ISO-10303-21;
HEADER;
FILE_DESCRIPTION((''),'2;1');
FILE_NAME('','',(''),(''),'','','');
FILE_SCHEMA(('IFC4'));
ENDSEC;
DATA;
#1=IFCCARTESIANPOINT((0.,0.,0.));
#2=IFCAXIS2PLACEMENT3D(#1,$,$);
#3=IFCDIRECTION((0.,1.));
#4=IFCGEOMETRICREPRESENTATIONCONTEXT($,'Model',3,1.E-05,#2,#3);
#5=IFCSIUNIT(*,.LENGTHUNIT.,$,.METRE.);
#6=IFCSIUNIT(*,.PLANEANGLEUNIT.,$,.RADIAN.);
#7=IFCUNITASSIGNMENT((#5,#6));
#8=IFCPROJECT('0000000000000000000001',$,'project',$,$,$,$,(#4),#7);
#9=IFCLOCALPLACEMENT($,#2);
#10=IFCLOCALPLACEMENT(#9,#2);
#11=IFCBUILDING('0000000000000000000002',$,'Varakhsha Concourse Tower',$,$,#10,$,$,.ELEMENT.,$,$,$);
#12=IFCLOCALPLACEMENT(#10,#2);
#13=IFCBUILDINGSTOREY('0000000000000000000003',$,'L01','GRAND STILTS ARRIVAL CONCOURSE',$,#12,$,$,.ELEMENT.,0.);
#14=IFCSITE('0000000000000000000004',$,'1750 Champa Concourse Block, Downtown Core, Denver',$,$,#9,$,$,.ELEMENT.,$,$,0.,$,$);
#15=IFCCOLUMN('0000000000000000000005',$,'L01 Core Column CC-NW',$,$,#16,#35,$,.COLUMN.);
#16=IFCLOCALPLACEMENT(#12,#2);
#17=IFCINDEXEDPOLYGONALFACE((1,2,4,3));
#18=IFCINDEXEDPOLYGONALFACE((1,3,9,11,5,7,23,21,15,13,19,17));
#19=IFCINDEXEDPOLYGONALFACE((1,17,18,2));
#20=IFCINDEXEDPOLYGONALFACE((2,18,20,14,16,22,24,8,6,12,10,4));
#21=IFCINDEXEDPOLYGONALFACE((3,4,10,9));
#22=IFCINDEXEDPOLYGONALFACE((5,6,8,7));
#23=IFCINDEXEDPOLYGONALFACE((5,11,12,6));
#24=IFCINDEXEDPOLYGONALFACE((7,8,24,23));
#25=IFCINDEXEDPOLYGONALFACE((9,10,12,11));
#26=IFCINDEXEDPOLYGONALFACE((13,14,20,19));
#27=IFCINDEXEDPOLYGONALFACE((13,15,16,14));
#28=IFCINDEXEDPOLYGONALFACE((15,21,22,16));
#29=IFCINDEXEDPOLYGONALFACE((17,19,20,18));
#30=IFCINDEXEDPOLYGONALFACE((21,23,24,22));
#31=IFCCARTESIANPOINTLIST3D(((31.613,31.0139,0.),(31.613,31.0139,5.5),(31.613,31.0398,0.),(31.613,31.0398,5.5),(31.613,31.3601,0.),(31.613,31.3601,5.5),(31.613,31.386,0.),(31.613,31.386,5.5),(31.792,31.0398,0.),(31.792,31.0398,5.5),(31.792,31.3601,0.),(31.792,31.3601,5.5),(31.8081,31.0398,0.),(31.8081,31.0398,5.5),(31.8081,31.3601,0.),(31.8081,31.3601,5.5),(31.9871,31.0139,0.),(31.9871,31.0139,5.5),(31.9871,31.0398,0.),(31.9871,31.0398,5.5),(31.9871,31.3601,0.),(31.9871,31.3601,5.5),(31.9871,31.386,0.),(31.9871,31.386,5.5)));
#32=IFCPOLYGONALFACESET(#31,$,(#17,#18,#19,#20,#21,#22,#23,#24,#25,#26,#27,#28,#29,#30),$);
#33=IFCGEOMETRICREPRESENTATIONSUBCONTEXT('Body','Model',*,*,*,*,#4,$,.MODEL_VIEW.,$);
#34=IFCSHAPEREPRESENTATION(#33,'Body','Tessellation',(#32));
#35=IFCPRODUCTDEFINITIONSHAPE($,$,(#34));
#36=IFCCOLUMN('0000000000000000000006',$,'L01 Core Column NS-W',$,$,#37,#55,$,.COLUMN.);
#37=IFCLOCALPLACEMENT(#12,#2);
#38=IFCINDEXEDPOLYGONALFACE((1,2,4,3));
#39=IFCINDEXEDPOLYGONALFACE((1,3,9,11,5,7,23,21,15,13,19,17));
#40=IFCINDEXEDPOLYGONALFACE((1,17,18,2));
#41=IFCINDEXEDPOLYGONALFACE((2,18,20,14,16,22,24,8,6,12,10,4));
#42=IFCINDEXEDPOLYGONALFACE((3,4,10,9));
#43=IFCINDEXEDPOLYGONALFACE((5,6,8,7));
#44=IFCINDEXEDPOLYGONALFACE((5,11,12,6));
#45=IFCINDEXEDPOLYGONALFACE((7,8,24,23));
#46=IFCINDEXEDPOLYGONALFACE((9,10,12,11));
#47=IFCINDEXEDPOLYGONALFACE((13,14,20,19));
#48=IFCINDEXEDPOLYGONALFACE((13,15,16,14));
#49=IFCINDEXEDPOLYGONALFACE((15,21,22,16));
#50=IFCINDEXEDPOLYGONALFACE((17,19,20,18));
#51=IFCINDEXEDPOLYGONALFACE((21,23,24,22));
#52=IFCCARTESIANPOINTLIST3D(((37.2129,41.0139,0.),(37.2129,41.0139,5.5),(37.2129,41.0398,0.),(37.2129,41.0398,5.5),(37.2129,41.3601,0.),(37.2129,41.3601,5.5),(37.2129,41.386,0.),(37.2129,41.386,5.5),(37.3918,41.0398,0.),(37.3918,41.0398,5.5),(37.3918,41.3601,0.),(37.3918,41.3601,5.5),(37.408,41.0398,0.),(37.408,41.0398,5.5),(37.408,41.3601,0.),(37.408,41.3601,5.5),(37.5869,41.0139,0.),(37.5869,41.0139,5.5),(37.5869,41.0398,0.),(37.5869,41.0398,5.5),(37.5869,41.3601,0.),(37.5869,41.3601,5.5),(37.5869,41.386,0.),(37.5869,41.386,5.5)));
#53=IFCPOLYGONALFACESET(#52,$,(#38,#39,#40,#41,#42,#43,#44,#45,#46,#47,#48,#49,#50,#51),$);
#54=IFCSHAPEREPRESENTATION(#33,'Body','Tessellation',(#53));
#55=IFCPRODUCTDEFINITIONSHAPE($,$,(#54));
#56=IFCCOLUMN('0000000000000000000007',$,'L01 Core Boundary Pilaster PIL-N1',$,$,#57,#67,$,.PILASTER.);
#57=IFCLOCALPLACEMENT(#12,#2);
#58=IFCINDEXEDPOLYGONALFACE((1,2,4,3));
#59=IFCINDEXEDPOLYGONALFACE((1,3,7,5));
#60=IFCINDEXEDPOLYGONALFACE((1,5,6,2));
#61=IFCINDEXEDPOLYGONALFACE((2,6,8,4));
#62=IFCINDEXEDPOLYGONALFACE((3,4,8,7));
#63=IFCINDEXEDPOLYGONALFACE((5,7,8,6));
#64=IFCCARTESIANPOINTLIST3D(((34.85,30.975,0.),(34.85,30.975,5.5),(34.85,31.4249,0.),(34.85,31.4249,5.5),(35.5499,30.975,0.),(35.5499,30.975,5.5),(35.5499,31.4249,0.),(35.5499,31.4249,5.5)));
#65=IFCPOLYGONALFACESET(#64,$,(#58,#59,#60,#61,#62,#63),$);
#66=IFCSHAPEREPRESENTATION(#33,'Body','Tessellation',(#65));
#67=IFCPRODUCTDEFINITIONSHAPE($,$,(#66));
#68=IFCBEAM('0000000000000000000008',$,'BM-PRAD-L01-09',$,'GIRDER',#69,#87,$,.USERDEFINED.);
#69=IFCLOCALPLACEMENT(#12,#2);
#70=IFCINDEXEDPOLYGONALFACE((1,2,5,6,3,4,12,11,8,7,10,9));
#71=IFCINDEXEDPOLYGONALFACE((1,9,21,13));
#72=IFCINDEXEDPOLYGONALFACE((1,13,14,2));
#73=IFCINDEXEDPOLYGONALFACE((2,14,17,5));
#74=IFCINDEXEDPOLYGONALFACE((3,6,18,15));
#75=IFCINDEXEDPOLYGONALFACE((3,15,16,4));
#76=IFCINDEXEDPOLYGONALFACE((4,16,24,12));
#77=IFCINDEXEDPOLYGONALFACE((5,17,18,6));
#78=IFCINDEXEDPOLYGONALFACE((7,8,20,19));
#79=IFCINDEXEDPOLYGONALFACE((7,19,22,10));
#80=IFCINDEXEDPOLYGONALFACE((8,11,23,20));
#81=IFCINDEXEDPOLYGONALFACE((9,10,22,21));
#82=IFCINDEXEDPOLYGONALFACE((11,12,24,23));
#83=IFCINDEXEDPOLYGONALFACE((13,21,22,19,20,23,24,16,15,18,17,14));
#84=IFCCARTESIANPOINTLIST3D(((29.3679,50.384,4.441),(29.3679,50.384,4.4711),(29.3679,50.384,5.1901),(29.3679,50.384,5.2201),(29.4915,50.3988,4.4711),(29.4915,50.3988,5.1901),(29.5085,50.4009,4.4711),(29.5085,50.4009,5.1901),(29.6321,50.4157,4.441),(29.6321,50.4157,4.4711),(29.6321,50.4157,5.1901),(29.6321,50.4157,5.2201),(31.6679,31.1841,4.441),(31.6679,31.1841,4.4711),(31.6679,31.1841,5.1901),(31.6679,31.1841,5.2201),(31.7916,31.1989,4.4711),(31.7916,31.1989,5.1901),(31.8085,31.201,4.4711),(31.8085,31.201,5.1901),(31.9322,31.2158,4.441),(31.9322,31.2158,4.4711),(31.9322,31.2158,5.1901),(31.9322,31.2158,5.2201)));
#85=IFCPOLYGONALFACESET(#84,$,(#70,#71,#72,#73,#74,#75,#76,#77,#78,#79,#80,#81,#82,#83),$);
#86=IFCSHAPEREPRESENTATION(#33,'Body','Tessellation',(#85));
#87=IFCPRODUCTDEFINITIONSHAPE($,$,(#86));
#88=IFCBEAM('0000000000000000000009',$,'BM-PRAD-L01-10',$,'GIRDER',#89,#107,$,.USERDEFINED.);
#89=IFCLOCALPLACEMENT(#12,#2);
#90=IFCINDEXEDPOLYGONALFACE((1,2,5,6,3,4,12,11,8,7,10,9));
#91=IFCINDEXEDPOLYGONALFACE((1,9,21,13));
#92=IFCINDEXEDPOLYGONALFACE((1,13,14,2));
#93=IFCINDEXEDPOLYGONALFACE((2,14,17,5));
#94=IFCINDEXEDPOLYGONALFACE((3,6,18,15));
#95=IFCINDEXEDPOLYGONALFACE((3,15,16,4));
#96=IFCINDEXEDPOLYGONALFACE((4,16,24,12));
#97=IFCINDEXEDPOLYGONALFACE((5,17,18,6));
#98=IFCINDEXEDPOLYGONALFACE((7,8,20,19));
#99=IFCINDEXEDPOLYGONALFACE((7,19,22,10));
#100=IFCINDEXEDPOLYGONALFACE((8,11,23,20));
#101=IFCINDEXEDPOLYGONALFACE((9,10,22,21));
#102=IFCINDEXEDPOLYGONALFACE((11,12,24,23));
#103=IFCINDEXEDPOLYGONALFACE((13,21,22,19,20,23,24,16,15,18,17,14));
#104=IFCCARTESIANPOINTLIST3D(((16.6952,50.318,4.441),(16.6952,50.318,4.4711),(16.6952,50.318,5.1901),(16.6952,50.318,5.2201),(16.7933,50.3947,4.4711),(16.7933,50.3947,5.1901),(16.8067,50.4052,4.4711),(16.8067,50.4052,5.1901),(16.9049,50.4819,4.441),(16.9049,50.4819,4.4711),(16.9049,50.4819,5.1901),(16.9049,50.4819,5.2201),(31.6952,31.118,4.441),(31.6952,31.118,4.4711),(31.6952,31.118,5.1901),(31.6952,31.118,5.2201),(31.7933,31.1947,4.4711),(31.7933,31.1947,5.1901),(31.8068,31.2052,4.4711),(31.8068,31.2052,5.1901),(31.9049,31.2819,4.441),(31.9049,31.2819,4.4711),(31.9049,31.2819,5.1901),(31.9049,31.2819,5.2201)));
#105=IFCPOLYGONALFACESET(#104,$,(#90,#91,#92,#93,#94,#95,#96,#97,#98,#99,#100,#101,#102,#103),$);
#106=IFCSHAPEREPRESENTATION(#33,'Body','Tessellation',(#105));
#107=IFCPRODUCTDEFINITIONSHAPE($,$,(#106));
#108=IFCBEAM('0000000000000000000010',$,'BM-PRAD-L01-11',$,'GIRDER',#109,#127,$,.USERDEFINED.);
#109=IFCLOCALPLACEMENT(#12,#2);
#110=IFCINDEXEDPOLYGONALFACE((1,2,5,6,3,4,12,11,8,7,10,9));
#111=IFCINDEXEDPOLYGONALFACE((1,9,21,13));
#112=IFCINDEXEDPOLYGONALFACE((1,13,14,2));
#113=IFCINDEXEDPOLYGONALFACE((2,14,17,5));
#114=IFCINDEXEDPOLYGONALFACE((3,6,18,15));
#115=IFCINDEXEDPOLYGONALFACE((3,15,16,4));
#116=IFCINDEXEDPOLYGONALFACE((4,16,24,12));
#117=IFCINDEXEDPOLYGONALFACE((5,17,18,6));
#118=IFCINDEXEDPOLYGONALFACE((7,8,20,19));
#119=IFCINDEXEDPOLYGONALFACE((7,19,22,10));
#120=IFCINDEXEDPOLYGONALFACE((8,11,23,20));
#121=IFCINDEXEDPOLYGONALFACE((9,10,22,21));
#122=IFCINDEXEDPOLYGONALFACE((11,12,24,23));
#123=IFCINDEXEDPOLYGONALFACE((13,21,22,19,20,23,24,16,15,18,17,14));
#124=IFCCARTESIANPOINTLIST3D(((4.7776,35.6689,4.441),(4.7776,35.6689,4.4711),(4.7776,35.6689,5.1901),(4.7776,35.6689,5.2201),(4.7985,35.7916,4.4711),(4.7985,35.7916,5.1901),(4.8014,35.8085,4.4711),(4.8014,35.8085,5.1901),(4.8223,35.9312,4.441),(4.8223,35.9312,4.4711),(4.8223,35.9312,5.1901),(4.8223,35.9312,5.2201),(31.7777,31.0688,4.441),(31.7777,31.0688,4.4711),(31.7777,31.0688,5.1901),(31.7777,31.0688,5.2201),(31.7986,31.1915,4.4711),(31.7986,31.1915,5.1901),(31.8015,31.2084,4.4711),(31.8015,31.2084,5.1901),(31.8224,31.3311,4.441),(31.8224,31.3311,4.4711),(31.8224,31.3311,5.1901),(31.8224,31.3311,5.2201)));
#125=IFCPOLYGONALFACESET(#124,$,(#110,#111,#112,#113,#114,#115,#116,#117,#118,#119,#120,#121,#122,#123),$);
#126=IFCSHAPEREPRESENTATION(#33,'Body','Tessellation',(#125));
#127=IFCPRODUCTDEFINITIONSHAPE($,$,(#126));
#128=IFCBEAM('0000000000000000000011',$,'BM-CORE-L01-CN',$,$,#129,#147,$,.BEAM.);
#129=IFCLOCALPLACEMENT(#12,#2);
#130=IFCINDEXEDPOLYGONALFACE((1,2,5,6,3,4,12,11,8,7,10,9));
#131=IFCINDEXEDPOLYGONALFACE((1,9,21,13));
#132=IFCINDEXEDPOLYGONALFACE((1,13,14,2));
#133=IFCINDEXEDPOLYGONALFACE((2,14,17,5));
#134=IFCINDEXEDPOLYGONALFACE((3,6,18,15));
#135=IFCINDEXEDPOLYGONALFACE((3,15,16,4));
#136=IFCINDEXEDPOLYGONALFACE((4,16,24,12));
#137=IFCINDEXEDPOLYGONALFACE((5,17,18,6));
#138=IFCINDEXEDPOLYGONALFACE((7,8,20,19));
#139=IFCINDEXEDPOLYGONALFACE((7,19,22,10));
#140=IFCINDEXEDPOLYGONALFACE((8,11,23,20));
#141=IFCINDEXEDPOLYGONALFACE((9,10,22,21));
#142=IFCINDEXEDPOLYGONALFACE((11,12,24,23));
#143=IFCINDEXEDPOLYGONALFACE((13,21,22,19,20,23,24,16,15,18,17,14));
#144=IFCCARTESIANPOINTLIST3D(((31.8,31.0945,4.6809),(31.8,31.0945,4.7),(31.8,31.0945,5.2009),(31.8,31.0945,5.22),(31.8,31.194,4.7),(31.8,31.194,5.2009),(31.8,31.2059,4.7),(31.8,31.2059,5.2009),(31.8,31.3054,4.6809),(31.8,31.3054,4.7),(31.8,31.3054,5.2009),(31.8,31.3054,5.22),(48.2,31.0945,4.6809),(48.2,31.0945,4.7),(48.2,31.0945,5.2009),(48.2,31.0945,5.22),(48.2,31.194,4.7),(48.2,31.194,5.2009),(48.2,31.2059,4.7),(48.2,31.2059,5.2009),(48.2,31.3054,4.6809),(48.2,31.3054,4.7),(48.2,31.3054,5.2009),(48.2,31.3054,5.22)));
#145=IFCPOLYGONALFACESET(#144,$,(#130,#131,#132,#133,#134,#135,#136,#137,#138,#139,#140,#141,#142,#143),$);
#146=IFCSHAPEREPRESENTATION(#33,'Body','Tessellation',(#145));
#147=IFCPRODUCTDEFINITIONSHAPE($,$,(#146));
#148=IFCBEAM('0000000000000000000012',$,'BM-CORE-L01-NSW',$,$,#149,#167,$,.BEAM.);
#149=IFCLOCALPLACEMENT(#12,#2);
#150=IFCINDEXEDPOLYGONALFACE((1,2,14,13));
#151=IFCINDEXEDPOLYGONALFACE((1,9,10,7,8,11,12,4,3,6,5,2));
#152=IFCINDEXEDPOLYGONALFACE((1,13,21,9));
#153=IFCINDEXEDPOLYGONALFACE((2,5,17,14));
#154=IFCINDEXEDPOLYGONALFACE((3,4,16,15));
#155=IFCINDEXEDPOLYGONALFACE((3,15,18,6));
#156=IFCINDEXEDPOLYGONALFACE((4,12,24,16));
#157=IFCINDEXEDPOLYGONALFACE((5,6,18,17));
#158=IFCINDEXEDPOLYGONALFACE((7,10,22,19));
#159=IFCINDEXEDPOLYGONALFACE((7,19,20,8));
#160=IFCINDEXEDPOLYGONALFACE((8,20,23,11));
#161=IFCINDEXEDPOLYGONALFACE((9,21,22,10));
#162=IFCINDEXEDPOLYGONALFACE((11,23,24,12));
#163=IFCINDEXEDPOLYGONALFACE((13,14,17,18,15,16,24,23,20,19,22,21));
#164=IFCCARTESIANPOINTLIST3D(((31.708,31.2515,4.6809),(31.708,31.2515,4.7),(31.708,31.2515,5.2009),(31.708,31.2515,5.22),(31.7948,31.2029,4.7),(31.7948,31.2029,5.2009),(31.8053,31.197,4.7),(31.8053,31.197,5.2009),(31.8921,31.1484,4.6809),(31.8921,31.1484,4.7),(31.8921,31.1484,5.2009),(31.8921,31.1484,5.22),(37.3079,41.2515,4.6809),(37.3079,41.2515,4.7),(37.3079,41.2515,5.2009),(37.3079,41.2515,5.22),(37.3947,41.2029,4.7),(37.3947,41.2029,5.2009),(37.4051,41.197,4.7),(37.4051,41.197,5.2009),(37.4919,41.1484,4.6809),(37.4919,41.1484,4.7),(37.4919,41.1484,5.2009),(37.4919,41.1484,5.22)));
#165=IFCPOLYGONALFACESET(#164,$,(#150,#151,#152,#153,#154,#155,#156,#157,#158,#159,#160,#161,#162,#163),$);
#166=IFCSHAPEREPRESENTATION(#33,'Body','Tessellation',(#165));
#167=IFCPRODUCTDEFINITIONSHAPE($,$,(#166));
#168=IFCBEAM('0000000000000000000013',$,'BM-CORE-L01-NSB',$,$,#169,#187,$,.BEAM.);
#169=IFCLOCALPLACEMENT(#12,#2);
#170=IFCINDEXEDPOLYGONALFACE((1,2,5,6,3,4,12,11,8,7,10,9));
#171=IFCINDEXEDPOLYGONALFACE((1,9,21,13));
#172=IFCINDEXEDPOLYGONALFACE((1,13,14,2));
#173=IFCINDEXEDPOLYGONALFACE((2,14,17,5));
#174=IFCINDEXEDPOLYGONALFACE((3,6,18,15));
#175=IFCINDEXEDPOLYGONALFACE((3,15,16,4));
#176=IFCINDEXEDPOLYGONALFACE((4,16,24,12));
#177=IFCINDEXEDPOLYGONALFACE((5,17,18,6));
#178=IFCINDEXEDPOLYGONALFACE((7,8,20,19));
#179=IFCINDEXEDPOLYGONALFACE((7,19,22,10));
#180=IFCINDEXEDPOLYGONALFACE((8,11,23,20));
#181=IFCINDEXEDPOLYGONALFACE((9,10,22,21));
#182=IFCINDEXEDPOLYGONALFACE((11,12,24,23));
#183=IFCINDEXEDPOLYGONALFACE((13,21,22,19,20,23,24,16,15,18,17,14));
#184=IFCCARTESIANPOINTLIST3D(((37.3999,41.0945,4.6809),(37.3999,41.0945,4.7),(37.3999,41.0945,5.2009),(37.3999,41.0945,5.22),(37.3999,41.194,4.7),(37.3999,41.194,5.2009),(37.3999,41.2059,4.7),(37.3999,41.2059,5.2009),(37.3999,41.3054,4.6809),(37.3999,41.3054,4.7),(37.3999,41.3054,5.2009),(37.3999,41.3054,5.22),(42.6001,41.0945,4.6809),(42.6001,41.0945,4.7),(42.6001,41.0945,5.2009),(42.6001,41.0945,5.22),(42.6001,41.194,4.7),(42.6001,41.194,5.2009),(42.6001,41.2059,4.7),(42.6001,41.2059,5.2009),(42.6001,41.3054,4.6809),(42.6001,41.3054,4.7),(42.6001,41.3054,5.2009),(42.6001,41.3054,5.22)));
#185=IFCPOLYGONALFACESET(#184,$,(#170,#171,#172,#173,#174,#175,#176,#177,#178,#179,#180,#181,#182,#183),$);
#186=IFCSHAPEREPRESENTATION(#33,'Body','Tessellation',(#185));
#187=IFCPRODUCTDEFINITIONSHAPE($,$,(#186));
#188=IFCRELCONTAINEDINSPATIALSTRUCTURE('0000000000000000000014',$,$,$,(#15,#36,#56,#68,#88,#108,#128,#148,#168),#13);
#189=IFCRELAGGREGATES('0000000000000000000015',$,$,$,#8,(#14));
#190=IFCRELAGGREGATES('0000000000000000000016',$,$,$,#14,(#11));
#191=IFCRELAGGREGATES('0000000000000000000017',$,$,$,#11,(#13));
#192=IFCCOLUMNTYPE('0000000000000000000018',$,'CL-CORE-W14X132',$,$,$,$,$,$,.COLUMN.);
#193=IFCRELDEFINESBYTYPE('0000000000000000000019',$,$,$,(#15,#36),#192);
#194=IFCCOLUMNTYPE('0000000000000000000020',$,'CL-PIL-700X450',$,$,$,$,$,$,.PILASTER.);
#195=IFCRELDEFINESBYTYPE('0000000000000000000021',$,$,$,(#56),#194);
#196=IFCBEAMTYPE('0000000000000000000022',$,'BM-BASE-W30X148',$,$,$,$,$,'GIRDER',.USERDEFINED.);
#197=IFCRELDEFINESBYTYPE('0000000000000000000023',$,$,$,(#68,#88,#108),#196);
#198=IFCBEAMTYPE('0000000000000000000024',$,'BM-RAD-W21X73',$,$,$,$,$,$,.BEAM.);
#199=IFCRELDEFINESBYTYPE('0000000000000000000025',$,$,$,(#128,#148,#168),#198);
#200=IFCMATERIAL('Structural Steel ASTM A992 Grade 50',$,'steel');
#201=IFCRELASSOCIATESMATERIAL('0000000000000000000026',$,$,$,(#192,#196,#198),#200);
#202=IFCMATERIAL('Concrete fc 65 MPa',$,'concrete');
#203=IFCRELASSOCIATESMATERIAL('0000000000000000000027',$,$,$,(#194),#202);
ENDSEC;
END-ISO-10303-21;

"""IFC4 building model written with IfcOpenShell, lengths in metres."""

from ifc_helpers import new_model, si_unit, direction, frame, origin, origin_2d, place, context, subcontext, project, spatial, rectangle, i_section, extrude, material, material_profile, profile_set, type_object, element, save


model = new_model("IFC4")

# Units and contexts
model_context = context("Model", 3, precision=1e-05, world=origin(), true_north=direction((0.0, 1.0)))
body_context = subcontext(model_context, "Body", "Model", "MODEL_VIEW")
ifc_project = project(units=[si_unit("LENGTHUNIT", "METRE"), si_unit("PLANEANGLEUNIT", "RADIAN")], contexts=[model_context])

# Site, building, storey
site_placement = place(None, origin())
site = spatial("IfcSite", under=ifc_project, at=site_placement, Name="1750 Champa Concourse Block, Downtown Core, Denver", CompositionType="ELEMENT", RefElevation=0.0)
building_placement = place(site_placement, origin())
building = spatial("IfcBuilding", under=site, at=building_placement, Name="Varakhsha Concourse Tower", CompositionType="ELEMENT")
storey_placement = place(building_placement, origin())
storey = spatial("IfcBuildingStorey", under=building, at=storey_placement, Name="L01", Description="GRAND STILTS ARRIVAL CONCOURSE", CompositionType="ELEMENT", Elevation=0.0)

# Columns
ifc_material_1 = material(Name="Structural Steel ASTM A992 Grade 50", Category="steel")
ifc_material_profile_1 = material_profile(ifc_material_1, i_section(OverallWidth=0.374, OverallDepth=0.3721, WebThickness=0.0161, FlangeThickness=0.0259, at=origin_2d()), Name="W14X132")
ifc_profile_set_1 = profile_set([ifc_material_profile_1], Name="Structural Steel ASTM A992 Grade 50")
column_type_1 = type_object("IfcColumnType", Name="CL-CORE-W14X132", PredefinedType="COLUMN", material=ifc_profile_set_1)
for number, where, z_axis, x_axis, name in (
    (1, (31.8, 31.2, 0.0), (0.0, 0.0, 1.0), (1.0, 0.0, 0.0), "L01 Core Column CC-NW"),
    (2, (37.3999, 41.2, 0.0), (0.0, 0.0, 1.0), (1.0, 0.0, 0.0), "L01 Core Column NS-W"),
):
    element("IfcColumn", number, at=place(storey_placement, frame(where, z_axis=z_axis, x_axis=x_axis)), inside=storey, type_object=column_type_1, Name=name, PredefinedType="COLUMN", context=body_context, shape_type="SweptSolid", body=[
        extrude(i_section(OverallWidth=0.374, OverallDepth=0.3721, WebThickness=0.0161, FlangeThickness=0.0259, at=origin_2d()), origin(), (0.0, 0.0, 1.0), 5.5),
    ])
ifc_material_2 = material(Name="Concrete fc 65 MPa", Category="concrete")
ifc_material_profile_2 = material_profile(ifc_material_2, rectangle(XDim=0.7, YDim=0.45, at=origin_2d()), Name="RC 700x450")
ifc_profile_set_2 = profile_set([ifc_material_profile_2], Name="Concrete fc 65 MPa")
column_type_2 = type_object("IfcColumnType", Name="CL-PIL-700X450", PredefinedType="PILASTER", material=ifc_profile_set_2)
column_placement = place(storey_placement, frame((35.2, 31.2, 0.0), z_axis=(0.0, 0.0, 1.0), x_axis=(1.0, 0.0, 0.0)))
element("IfcColumn", 3, at=column_placement, inside=storey, type_object=column_type_2, Name="L01 Core Boundary Pilaster PIL-N1", PredefinedType="PILASTER", context=body_context, shape_type="SweptSolid", body=[
    extrude(rectangle(XDim=0.7, YDim=0.45, at=origin_2d()), origin(), (0.0, 0.0, 1.0), 5.5),
])

# Beams
ifc_material_profile_3 = material_profile(ifc_material_1, i_section(OverallWidth=0.2661, OverallDepth=0.7791, WebThickness=0.0171, FlangeThickness=0.03, at=origin_2d()), Name="W30X148")
ifc_profile_set_3 = profile_set([ifc_material_profile_3], Name="Structural Steel ASTM A992 Grade 50")
beam_type_1 = type_object("IfcBeamType", Name="BM-BASE-W30X148", ElementType="GIRDER", PredefinedType="USERDEFINED", material=ifc_profile_set_3)
beam_1_placement = place(storey_placement, frame((31.8, 31.2, 4.8306), z_axis=(-0.118944, 0.992901, 0.0), x_axis=(-0.992901, -0.118944, 0.0)))
element("IfcBeam", 4, at=beam_1_placement, inside=storey, type_object=beam_type_1, Name="BM-PRAD-L01-09", ObjectType="GIRDER", PredefinedType="USERDEFINED", context=body_context, shape_type="SweptSolid", body=[
    extrude(i_section(OverallWidth=0.2661, OverallDepth=0.7791, WebThickness=0.0171, FlangeThickness=0.03, at=origin_2d()), origin(), (0.0, 0.0, 1.0), 19.3372),
])
beam_2_placement = place(storey_placement, frame((31.8, 31.2, 4.8306), z_axis=(-0.615645, 0.788024, 0.0), x_axis=(-0.788024, -0.615645, 0.0)))
element("IfcBeam", 5, at=beam_2_placement, inside=storey, type_object=beam_type_1, Name="BM-PRAD-L01-10", ObjectType="GIRDER", PredefinedType="USERDEFINED", context=body_context, shape_type="SweptSolid", body=[
    extrude(i_section(OverallWidth=0.2661, OverallDepth=0.7791, WebThickness=0.0171, FlangeThickness=0.03, at=origin_2d()), origin(), (0.0, 0.0, 1.0), 24.3647),
])
beam_3_placement = place(storey_placement, frame((31.8, 31.2, 4.8306), z_axis=(-0.985795, 0.167954, 0.0), x_axis=(-0.167954, -0.985795, 0.0)))
element("IfcBeam", 6, at=beam_3_placement, inside=storey, type_object=beam_type_1, Name="BM-PRAD-L01-11", ObjectType="GIRDER", PredefinedType="USERDEFINED", context=body_context, shape_type="SweptSolid", body=[
    extrude(i_section(OverallWidth=0.2661, OverallDepth=0.7791, WebThickness=0.0171, FlangeThickness=0.03, at=origin_2d()), origin(), (0.0, 0.0, 1.0), 27.3892),
])
ifc_material_profile_4 = material_profile(ifc_material_1, i_section(OverallWidth=0.2109, OverallDepth=0.5391, WebThickness=0.012, FlangeThickness=0.019, at=origin_2d()), Name="W21X73")
ifc_profile_set_4 = profile_set([ifc_material_profile_4], Name="Structural Steel ASTM A992 Grade 50")
beam_type_2 = type_object("IfcBeamType", Name="BM-RAD-W21X73", PredefinedType="BEAM", material=ifc_profile_set_4)
beam_4_placement = place(storey_placement, frame((31.8, 31.2, 4.9504), z_axis=(1.0, 0.0, 0.0), x_axis=(0.0, 1.0, 0.0)))
element("IfcBeam", 7, at=beam_4_placement, inside=storey, type_object=beam_type_2, Name="BM-CORE-L01-CN", PredefinedType="BEAM", context=body_context, shape_type="SweptSolid", body=[
    extrude(i_section(OverallWidth=0.2109, OverallDepth=0.5391, WebThickness=0.012, FlangeThickness=0.019, at=origin_2d()), origin(), (0.0, 0.0, 1.0), 16.3999),
])
beam_5_placement = place(storey_placement, frame((31.8, 31.2, 4.9504), z_axis=(0.488594, 0.872511, 0.0), x_axis=(-0.872511, 0.488594, 0.0)))
element("IfcBeam", 8, at=beam_5_placement, inside=storey, type_object=beam_type_2, Name="BM-CORE-L01-NSW", PredefinedType="BEAM", context=body_context, shape_type="SweptSolid", body=[
    extrude(i_section(OverallWidth=0.2109, OverallDepth=0.5391, WebThickness=0.012, FlangeThickness=0.019, at=origin_2d()), origin(), (0.0, 0.0, 1.0), 11.4612),
])
beam_6_placement = place(storey_placement, frame((37.3999, 41.2, 4.9504), z_axis=(1.0, 0.0, 0.0), x_axis=(0.0, 1.0, 0.0)))
element("IfcBeam", 9, at=beam_6_placement, inside=storey, type_object=beam_type_2, Name="BM-CORE-L01-NSB", PredefinedType="BEAM", context=body_context, shape_type="SweptSolid", body=[
    extrude(i_section(OverallWidth=0.2109, OverallDepth=0.5391, WebThickness=0.012, FlangeThickness=0.019, at=origin_2d()), origin(), (0.0, 0.0, 1.0), 5.2002),
])

save(model, "model.ifc")
